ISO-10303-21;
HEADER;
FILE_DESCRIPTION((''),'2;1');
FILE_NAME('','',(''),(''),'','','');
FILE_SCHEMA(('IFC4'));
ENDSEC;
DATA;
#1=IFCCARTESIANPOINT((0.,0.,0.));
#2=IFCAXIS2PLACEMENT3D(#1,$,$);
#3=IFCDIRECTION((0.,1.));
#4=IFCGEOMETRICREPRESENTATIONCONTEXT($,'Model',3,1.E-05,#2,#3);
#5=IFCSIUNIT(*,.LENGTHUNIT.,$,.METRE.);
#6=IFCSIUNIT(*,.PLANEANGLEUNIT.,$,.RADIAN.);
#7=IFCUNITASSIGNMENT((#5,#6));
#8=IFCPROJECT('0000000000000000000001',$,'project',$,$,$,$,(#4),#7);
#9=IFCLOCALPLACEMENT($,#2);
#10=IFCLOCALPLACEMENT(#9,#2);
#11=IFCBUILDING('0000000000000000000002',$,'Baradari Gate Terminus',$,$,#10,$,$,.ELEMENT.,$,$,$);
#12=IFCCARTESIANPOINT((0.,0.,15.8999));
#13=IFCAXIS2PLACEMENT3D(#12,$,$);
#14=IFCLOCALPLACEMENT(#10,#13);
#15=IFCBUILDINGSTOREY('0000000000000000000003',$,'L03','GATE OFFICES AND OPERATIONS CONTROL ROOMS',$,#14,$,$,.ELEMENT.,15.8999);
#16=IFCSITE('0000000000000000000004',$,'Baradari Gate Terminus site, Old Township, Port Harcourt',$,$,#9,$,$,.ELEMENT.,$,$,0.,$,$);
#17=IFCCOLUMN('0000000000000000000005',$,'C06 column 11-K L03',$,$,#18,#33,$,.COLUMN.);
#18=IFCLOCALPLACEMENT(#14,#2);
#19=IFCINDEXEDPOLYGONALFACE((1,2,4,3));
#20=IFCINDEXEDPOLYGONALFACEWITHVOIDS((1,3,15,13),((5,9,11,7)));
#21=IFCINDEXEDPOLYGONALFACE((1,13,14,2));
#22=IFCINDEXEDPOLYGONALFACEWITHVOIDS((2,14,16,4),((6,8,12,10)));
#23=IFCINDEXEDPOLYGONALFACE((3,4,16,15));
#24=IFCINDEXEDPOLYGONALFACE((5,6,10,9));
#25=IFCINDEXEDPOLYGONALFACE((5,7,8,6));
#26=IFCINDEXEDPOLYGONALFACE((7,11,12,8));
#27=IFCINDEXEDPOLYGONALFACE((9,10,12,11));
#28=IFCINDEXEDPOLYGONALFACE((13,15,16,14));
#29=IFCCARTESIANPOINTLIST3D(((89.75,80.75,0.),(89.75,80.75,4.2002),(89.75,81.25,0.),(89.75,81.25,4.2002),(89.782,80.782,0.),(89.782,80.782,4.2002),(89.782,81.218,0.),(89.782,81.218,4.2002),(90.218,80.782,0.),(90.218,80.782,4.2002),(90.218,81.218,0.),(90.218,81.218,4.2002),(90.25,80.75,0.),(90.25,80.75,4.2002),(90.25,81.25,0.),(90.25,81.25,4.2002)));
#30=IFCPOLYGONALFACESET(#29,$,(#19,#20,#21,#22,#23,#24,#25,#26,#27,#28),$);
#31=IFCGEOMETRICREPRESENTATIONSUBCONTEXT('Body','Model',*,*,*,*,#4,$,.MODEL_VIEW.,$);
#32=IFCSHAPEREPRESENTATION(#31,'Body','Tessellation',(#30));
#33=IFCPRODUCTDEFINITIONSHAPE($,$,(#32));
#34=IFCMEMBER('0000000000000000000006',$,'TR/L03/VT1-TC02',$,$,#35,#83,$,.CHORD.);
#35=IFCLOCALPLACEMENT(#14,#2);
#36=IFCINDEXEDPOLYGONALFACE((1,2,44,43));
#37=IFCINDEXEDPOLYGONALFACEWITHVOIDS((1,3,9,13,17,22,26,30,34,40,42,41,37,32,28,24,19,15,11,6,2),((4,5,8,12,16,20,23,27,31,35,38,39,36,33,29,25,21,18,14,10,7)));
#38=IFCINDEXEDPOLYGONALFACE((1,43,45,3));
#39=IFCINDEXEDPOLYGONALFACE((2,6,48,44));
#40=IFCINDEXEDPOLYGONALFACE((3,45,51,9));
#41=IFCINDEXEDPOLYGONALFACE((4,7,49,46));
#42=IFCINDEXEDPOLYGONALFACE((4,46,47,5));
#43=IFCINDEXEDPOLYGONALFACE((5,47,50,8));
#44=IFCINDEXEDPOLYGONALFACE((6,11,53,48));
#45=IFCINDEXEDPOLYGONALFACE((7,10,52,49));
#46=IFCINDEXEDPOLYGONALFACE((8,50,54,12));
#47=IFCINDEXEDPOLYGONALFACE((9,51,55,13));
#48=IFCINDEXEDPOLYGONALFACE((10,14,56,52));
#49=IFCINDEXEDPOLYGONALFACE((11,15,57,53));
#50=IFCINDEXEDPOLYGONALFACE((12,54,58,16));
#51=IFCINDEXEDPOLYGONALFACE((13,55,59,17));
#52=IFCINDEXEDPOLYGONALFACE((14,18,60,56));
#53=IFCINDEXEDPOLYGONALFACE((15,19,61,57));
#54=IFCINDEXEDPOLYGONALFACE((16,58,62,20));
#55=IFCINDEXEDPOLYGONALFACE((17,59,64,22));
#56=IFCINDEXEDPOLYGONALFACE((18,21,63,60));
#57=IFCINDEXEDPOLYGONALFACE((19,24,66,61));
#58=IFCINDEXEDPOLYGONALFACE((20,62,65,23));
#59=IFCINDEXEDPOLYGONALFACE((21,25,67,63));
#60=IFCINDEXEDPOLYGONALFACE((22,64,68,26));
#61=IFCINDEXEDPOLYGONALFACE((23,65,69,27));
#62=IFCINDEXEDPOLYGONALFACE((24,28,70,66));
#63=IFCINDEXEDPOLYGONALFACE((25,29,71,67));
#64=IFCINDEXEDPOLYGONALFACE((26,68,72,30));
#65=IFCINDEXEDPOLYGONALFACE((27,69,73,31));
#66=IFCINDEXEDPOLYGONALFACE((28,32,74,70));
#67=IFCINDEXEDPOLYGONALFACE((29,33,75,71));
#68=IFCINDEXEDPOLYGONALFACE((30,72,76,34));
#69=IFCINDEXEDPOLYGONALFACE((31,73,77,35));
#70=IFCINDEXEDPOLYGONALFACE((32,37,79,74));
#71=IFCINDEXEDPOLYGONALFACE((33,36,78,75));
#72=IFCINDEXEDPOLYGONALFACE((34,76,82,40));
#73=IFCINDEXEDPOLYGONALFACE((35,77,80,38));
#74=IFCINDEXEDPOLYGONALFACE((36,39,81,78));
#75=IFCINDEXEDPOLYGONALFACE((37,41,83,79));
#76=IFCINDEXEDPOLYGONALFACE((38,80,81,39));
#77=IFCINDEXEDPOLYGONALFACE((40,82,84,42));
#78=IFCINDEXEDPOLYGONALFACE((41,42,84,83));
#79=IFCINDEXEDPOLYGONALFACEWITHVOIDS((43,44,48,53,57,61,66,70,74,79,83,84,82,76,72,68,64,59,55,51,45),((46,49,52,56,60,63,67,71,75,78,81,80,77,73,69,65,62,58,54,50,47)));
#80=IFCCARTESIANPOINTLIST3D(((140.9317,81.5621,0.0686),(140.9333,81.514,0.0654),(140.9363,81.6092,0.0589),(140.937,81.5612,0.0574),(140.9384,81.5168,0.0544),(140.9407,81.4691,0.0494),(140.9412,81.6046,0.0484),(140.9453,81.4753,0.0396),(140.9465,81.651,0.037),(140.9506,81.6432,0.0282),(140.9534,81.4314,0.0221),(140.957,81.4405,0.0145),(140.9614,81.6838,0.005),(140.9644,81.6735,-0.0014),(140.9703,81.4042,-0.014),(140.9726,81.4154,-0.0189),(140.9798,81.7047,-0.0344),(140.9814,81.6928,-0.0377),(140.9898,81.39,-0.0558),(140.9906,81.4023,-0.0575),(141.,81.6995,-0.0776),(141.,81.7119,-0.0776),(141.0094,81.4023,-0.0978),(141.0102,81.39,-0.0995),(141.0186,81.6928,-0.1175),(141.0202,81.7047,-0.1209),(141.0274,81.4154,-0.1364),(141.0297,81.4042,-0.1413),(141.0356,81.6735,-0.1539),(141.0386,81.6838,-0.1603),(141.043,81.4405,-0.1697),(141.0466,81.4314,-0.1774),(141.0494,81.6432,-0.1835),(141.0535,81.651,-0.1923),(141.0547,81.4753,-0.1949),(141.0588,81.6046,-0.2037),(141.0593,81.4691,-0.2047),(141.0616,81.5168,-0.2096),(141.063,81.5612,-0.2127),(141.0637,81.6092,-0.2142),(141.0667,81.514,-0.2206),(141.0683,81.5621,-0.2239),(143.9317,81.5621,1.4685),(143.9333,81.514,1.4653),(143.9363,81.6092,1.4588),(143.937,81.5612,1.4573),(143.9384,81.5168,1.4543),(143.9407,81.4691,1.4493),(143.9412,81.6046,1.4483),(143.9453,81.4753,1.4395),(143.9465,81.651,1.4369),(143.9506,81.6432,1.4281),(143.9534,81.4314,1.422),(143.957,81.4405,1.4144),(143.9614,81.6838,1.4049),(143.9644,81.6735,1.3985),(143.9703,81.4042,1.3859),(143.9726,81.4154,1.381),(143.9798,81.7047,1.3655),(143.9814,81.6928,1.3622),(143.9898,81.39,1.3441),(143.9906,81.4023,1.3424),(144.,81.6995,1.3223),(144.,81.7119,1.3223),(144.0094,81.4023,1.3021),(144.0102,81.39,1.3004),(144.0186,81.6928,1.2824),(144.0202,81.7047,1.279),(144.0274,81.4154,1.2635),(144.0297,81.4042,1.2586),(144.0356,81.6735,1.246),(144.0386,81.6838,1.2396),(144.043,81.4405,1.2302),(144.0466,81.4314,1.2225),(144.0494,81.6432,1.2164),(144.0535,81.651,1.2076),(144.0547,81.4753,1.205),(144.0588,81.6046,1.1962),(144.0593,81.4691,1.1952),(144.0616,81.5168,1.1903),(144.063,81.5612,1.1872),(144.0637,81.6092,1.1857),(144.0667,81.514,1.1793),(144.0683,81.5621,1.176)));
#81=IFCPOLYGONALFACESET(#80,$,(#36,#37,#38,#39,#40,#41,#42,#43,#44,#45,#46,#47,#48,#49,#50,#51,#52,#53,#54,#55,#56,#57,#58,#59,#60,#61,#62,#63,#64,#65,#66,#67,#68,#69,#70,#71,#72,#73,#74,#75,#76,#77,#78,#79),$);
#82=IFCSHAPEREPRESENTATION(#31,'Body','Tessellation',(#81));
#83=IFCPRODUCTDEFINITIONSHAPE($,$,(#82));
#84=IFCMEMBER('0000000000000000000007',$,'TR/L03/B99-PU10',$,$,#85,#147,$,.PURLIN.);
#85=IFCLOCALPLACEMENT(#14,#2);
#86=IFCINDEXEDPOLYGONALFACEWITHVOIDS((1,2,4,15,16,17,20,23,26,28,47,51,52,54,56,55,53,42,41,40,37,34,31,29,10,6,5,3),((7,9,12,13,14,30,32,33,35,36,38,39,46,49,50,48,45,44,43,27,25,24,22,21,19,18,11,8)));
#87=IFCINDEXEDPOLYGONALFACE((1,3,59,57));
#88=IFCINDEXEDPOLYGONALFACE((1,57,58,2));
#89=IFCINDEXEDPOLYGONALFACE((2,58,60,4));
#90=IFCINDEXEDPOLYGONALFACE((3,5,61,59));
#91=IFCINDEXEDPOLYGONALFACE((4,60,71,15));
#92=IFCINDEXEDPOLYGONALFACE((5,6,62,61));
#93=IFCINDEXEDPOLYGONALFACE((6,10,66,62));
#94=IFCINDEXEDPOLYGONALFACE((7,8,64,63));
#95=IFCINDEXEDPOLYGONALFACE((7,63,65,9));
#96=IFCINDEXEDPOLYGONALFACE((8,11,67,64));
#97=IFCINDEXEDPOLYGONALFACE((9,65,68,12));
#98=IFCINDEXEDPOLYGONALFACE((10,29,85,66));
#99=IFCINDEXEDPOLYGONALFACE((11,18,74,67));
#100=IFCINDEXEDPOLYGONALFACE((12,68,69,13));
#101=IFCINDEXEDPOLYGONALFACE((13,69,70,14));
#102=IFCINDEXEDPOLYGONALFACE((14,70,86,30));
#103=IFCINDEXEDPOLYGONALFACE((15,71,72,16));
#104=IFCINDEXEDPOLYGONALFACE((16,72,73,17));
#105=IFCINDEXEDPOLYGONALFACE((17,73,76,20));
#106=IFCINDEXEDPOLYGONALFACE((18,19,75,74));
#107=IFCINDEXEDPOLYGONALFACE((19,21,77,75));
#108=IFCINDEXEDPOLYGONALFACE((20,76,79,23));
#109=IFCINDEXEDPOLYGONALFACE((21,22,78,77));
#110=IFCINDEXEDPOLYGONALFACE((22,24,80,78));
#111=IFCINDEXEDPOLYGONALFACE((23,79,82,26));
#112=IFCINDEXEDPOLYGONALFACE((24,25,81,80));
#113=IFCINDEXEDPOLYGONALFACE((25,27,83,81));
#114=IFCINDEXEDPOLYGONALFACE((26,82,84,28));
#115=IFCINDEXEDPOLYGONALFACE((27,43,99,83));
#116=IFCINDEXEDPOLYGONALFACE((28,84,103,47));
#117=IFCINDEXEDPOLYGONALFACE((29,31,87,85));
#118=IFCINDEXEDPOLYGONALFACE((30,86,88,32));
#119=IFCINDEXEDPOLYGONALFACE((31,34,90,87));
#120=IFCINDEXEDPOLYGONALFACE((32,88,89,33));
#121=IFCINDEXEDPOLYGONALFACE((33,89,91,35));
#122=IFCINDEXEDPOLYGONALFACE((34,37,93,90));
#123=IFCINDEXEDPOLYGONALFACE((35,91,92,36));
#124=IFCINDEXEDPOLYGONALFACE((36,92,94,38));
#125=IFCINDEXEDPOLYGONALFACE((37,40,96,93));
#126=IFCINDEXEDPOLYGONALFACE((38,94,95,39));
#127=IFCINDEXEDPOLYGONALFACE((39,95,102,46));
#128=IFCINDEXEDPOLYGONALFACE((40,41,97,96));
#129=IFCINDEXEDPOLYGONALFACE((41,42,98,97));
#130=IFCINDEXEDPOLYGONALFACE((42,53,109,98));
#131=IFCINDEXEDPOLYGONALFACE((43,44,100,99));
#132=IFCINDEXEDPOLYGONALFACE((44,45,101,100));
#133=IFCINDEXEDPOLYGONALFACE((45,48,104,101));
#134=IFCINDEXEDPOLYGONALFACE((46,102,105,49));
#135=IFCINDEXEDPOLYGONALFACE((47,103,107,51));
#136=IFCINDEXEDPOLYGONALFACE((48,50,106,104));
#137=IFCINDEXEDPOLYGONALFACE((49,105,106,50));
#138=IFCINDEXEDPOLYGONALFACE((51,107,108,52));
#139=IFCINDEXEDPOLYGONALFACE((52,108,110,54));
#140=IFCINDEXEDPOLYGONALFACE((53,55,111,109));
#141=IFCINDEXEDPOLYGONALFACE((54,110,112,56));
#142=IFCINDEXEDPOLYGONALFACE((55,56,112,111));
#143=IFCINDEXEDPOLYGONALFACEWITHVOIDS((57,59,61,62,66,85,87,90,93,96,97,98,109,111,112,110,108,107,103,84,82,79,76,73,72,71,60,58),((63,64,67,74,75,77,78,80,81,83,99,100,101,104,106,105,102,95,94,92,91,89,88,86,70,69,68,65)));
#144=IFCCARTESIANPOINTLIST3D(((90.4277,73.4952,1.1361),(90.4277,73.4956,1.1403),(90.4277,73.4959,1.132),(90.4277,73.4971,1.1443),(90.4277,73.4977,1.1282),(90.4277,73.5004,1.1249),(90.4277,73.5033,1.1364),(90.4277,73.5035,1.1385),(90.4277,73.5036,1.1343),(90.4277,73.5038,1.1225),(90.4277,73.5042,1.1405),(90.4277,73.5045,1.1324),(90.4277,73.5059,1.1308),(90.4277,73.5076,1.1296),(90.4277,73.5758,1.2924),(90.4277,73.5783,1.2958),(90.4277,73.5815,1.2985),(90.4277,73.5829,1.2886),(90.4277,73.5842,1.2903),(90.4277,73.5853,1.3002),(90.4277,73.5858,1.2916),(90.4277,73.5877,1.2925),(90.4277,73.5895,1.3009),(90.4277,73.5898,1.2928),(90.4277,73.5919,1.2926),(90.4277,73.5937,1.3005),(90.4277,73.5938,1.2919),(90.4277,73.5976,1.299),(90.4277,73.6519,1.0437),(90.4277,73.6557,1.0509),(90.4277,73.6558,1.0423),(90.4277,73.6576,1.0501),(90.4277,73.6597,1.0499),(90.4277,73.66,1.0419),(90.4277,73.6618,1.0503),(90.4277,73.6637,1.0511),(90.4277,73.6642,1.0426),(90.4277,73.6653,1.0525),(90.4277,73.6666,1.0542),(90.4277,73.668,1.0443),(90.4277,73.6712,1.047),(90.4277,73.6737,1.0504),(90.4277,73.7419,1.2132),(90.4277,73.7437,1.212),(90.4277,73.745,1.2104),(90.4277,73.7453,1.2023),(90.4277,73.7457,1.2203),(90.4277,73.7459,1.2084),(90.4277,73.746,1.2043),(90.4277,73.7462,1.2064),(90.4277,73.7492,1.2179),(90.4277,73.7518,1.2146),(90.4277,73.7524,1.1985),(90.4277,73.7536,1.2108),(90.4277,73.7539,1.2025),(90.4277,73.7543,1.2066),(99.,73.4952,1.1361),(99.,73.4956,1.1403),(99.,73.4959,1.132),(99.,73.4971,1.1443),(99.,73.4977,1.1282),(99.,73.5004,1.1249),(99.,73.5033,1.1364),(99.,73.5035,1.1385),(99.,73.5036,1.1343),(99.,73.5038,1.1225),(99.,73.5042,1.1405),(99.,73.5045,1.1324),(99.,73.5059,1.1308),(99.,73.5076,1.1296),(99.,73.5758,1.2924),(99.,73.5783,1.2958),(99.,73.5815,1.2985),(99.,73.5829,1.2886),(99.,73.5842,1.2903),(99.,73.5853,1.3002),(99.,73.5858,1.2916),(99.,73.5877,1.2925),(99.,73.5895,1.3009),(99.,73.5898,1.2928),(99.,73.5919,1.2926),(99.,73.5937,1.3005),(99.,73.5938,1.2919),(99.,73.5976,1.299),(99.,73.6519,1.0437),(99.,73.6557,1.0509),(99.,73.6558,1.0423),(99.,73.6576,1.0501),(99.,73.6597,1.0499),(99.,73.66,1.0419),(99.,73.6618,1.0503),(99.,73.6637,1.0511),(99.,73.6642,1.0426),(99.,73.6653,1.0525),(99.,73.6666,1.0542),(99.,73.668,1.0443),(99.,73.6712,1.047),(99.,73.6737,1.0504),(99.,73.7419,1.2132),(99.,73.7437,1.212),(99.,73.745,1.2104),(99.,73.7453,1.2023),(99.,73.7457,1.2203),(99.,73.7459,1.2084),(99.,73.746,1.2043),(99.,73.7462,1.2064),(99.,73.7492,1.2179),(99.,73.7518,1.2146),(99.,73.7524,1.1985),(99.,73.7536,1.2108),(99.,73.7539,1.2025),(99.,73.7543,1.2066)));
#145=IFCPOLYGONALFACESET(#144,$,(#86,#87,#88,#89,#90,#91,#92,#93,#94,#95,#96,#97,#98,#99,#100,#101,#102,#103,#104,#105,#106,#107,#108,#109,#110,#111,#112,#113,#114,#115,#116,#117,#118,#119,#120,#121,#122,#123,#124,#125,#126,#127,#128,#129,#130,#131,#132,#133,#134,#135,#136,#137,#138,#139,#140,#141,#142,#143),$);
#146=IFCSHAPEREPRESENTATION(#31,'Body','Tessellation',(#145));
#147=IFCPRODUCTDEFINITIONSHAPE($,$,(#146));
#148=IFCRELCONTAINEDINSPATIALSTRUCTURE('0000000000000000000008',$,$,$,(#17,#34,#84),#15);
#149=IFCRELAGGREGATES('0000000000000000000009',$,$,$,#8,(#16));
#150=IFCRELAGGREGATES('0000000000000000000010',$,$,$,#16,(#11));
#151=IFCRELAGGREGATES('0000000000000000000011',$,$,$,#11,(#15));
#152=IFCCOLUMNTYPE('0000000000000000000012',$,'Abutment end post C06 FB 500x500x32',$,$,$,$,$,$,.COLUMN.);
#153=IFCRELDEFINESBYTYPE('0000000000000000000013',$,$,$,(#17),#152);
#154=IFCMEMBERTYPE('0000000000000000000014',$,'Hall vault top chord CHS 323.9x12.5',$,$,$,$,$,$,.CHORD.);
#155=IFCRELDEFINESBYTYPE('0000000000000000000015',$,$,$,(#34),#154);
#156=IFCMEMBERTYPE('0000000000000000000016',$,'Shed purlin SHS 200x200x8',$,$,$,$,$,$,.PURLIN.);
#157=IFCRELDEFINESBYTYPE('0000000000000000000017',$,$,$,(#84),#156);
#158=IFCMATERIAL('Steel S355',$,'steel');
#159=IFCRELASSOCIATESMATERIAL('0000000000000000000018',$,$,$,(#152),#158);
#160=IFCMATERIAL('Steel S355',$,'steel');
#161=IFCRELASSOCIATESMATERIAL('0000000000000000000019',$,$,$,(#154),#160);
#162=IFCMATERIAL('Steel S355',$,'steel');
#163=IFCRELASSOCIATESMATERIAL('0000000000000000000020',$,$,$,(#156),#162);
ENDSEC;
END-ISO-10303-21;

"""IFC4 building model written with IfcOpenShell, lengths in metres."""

from ifc_helpers import new_model, si_unit, direction, frame, origin, origin_2d, place, context, subcontext, project, spatial, hollow_rectangle, hollow_circle, extrude, material, material_profile, profile_set, type_object, element, save


model = new_model("IFC4")

# Units and contexts
model_context = context("Model", 3, precision=1e-05, world=origin(), true_north=direction((0.0, 1.0)))
body_context = subcontext(model_context, "Body", "Model", "MODEL_VIEW")
ifc_project = project(units=[si_unit("LENGTHUNIT", "METRE"), si_unit("PLANEANGLEUNIT", "RADIAN")], contexts=[model_context])

# Site, building, storey
site_placement = place(None, origin())
site = spatial("IfcSite", under=ifc_project, at=site_placement, Name="Baradari Gate Terminus site, Old Township, Port Harcourt", CompositionType="ELEMENT", RefElevation=0.0)
building_placement = place(site_placement, origin())
building = spatial("IfcBuilding", under=site, at=building_placement, Name="Baradari Gate Terminus", CompositionType="ELEMENT")
storey_placement = place(building_placement, frame((0.0, 0.0, 15.8999)))
storey = spatial("IfcBuildingStorey", under=building, at=storey_placement, Name="L03", Description="GATE OFFICES AND OPERATIONS CONTROL ROOMS", CompositionType="ELEMENT", Elevation=15.8999)

# Column
ifc_material_1 = material(Name="Steel S355", Category="steel")
ifc_material_profile_1 = material_profile(ifc_material_1, hollow_rectangle(XDim=0.5, YDim=0.5, WallThickness=0.032, at=origin_2d()), Name="FB 500x500x32")
ifc_profile_set_1 = profile_set([ifc_material_profile_1], Name="Steel S355")
column_type = type_object("IfcColumnType", Name="Abutment end post C06 FB 500x500x32", PredefinedType="COLUMN", material=ifc_profile_set_1)
column_placement = place(storey_placement, frame((90.0, 81.0, 0.0), z_axis=(0.0, 0.0, 1.0), x_axis=(1.0, 0.0, 0.0)))
element("IfcColumn", 1, at=column_placement, inside=storey, type_object=column_type, Name="C06 column 11-K L03", PredefinedType="COLUMN", context=body_context, shape_type="SweptSolid", body=[
    extrude(hollow_rectangle(XDim=0.5, YDim=0.5, WallThickness=0.032, at=origin_2d()), origin(), (0.0, 0.0, 1.0), 4.2002),
])

# Members
ifc_material_2 = material(Name="Steel S355", Category="steel")
ifc_material_profile_2 = material_profile(ifc_material_2, hollow_circle(Radius=0.1619, WallThickness=0.0125, at=origin_2d()), Name="CHS 323.9x12.5")
ifc_profile_set_2 = profile_set([ifc_material_profile_2], Name="Steel S355")
member_type_1 = type_object("IfcMemberType", Name="Hall vault top chord CHS 323.9x12.5", PredefinedType="CHORD", material=ifc_profile_set_2)
member_1_placement = place(storey_placement, frame((141.0, 81.55, -0.0776), z_axis=(0.906194, 0.0, 0.422861), x_axis=(0.0, 1.0, 0.0)))
element("IfcMember", 2, at=member_1_placement, inside=storey, type_object=member_type_1, Name="TR/L03/VT1-TC02", PredefinedType="CHORD", context=body_context, shape_type="SweptSolid", body=[
    extrude(hollow_circle(Radius=0.1619, WallThickness=0.0125, at=origin_2d()), origin(), (0.0, 0.0, 1.0), 3.3105),
])
ifc_material_3 = material(Name="Steel S355", Category="steel")
ifc_material_profile_3 = material_profile(ifc_material_3, hollow_rectangle(XDim=0.2, YDim=0.2, WallThickness=0.0081, InnerFilletRadius=0.0081, OuterFilletRadius=0.0161, at=origin_2d()), Name="SHS 200x200x8")
ifc_profile_set_3 = profile_set([ifc_material_profile_3], Name="Steel S355")
member_type_2 = type_object("IfcMemberType", Name="Shed purlin SHS 200x200x8", PredefinedType="PURLIN", material=ifc_profile_set_3)
member_2_placement = place(storey_placement, frame((90.4277, 73.6248, 1.1714), z_axis=(1.0, 0.0, 0.0), x_axis=(0.0, 0.883027, -0.469322)))
element("IfcMember", 3, at=member_2_placement, inside=storey, type_object=member_type_2, Name="TR/L03/B99-PU10", PredefinedType="PURLIN", context=body_context, shape_type="SweptSolid", body=[
    extrude(hollow_rectangle(XDim=0.2, YDim=0.2, WallThickness=0.0081, InnerFilletRadius=0.0081, OuterFilletRadius=0.0161, at=origin_2d()), origin(), (0.0, 0.0, 1.0), 8.5723),
])

save(model, "model.ifc")
